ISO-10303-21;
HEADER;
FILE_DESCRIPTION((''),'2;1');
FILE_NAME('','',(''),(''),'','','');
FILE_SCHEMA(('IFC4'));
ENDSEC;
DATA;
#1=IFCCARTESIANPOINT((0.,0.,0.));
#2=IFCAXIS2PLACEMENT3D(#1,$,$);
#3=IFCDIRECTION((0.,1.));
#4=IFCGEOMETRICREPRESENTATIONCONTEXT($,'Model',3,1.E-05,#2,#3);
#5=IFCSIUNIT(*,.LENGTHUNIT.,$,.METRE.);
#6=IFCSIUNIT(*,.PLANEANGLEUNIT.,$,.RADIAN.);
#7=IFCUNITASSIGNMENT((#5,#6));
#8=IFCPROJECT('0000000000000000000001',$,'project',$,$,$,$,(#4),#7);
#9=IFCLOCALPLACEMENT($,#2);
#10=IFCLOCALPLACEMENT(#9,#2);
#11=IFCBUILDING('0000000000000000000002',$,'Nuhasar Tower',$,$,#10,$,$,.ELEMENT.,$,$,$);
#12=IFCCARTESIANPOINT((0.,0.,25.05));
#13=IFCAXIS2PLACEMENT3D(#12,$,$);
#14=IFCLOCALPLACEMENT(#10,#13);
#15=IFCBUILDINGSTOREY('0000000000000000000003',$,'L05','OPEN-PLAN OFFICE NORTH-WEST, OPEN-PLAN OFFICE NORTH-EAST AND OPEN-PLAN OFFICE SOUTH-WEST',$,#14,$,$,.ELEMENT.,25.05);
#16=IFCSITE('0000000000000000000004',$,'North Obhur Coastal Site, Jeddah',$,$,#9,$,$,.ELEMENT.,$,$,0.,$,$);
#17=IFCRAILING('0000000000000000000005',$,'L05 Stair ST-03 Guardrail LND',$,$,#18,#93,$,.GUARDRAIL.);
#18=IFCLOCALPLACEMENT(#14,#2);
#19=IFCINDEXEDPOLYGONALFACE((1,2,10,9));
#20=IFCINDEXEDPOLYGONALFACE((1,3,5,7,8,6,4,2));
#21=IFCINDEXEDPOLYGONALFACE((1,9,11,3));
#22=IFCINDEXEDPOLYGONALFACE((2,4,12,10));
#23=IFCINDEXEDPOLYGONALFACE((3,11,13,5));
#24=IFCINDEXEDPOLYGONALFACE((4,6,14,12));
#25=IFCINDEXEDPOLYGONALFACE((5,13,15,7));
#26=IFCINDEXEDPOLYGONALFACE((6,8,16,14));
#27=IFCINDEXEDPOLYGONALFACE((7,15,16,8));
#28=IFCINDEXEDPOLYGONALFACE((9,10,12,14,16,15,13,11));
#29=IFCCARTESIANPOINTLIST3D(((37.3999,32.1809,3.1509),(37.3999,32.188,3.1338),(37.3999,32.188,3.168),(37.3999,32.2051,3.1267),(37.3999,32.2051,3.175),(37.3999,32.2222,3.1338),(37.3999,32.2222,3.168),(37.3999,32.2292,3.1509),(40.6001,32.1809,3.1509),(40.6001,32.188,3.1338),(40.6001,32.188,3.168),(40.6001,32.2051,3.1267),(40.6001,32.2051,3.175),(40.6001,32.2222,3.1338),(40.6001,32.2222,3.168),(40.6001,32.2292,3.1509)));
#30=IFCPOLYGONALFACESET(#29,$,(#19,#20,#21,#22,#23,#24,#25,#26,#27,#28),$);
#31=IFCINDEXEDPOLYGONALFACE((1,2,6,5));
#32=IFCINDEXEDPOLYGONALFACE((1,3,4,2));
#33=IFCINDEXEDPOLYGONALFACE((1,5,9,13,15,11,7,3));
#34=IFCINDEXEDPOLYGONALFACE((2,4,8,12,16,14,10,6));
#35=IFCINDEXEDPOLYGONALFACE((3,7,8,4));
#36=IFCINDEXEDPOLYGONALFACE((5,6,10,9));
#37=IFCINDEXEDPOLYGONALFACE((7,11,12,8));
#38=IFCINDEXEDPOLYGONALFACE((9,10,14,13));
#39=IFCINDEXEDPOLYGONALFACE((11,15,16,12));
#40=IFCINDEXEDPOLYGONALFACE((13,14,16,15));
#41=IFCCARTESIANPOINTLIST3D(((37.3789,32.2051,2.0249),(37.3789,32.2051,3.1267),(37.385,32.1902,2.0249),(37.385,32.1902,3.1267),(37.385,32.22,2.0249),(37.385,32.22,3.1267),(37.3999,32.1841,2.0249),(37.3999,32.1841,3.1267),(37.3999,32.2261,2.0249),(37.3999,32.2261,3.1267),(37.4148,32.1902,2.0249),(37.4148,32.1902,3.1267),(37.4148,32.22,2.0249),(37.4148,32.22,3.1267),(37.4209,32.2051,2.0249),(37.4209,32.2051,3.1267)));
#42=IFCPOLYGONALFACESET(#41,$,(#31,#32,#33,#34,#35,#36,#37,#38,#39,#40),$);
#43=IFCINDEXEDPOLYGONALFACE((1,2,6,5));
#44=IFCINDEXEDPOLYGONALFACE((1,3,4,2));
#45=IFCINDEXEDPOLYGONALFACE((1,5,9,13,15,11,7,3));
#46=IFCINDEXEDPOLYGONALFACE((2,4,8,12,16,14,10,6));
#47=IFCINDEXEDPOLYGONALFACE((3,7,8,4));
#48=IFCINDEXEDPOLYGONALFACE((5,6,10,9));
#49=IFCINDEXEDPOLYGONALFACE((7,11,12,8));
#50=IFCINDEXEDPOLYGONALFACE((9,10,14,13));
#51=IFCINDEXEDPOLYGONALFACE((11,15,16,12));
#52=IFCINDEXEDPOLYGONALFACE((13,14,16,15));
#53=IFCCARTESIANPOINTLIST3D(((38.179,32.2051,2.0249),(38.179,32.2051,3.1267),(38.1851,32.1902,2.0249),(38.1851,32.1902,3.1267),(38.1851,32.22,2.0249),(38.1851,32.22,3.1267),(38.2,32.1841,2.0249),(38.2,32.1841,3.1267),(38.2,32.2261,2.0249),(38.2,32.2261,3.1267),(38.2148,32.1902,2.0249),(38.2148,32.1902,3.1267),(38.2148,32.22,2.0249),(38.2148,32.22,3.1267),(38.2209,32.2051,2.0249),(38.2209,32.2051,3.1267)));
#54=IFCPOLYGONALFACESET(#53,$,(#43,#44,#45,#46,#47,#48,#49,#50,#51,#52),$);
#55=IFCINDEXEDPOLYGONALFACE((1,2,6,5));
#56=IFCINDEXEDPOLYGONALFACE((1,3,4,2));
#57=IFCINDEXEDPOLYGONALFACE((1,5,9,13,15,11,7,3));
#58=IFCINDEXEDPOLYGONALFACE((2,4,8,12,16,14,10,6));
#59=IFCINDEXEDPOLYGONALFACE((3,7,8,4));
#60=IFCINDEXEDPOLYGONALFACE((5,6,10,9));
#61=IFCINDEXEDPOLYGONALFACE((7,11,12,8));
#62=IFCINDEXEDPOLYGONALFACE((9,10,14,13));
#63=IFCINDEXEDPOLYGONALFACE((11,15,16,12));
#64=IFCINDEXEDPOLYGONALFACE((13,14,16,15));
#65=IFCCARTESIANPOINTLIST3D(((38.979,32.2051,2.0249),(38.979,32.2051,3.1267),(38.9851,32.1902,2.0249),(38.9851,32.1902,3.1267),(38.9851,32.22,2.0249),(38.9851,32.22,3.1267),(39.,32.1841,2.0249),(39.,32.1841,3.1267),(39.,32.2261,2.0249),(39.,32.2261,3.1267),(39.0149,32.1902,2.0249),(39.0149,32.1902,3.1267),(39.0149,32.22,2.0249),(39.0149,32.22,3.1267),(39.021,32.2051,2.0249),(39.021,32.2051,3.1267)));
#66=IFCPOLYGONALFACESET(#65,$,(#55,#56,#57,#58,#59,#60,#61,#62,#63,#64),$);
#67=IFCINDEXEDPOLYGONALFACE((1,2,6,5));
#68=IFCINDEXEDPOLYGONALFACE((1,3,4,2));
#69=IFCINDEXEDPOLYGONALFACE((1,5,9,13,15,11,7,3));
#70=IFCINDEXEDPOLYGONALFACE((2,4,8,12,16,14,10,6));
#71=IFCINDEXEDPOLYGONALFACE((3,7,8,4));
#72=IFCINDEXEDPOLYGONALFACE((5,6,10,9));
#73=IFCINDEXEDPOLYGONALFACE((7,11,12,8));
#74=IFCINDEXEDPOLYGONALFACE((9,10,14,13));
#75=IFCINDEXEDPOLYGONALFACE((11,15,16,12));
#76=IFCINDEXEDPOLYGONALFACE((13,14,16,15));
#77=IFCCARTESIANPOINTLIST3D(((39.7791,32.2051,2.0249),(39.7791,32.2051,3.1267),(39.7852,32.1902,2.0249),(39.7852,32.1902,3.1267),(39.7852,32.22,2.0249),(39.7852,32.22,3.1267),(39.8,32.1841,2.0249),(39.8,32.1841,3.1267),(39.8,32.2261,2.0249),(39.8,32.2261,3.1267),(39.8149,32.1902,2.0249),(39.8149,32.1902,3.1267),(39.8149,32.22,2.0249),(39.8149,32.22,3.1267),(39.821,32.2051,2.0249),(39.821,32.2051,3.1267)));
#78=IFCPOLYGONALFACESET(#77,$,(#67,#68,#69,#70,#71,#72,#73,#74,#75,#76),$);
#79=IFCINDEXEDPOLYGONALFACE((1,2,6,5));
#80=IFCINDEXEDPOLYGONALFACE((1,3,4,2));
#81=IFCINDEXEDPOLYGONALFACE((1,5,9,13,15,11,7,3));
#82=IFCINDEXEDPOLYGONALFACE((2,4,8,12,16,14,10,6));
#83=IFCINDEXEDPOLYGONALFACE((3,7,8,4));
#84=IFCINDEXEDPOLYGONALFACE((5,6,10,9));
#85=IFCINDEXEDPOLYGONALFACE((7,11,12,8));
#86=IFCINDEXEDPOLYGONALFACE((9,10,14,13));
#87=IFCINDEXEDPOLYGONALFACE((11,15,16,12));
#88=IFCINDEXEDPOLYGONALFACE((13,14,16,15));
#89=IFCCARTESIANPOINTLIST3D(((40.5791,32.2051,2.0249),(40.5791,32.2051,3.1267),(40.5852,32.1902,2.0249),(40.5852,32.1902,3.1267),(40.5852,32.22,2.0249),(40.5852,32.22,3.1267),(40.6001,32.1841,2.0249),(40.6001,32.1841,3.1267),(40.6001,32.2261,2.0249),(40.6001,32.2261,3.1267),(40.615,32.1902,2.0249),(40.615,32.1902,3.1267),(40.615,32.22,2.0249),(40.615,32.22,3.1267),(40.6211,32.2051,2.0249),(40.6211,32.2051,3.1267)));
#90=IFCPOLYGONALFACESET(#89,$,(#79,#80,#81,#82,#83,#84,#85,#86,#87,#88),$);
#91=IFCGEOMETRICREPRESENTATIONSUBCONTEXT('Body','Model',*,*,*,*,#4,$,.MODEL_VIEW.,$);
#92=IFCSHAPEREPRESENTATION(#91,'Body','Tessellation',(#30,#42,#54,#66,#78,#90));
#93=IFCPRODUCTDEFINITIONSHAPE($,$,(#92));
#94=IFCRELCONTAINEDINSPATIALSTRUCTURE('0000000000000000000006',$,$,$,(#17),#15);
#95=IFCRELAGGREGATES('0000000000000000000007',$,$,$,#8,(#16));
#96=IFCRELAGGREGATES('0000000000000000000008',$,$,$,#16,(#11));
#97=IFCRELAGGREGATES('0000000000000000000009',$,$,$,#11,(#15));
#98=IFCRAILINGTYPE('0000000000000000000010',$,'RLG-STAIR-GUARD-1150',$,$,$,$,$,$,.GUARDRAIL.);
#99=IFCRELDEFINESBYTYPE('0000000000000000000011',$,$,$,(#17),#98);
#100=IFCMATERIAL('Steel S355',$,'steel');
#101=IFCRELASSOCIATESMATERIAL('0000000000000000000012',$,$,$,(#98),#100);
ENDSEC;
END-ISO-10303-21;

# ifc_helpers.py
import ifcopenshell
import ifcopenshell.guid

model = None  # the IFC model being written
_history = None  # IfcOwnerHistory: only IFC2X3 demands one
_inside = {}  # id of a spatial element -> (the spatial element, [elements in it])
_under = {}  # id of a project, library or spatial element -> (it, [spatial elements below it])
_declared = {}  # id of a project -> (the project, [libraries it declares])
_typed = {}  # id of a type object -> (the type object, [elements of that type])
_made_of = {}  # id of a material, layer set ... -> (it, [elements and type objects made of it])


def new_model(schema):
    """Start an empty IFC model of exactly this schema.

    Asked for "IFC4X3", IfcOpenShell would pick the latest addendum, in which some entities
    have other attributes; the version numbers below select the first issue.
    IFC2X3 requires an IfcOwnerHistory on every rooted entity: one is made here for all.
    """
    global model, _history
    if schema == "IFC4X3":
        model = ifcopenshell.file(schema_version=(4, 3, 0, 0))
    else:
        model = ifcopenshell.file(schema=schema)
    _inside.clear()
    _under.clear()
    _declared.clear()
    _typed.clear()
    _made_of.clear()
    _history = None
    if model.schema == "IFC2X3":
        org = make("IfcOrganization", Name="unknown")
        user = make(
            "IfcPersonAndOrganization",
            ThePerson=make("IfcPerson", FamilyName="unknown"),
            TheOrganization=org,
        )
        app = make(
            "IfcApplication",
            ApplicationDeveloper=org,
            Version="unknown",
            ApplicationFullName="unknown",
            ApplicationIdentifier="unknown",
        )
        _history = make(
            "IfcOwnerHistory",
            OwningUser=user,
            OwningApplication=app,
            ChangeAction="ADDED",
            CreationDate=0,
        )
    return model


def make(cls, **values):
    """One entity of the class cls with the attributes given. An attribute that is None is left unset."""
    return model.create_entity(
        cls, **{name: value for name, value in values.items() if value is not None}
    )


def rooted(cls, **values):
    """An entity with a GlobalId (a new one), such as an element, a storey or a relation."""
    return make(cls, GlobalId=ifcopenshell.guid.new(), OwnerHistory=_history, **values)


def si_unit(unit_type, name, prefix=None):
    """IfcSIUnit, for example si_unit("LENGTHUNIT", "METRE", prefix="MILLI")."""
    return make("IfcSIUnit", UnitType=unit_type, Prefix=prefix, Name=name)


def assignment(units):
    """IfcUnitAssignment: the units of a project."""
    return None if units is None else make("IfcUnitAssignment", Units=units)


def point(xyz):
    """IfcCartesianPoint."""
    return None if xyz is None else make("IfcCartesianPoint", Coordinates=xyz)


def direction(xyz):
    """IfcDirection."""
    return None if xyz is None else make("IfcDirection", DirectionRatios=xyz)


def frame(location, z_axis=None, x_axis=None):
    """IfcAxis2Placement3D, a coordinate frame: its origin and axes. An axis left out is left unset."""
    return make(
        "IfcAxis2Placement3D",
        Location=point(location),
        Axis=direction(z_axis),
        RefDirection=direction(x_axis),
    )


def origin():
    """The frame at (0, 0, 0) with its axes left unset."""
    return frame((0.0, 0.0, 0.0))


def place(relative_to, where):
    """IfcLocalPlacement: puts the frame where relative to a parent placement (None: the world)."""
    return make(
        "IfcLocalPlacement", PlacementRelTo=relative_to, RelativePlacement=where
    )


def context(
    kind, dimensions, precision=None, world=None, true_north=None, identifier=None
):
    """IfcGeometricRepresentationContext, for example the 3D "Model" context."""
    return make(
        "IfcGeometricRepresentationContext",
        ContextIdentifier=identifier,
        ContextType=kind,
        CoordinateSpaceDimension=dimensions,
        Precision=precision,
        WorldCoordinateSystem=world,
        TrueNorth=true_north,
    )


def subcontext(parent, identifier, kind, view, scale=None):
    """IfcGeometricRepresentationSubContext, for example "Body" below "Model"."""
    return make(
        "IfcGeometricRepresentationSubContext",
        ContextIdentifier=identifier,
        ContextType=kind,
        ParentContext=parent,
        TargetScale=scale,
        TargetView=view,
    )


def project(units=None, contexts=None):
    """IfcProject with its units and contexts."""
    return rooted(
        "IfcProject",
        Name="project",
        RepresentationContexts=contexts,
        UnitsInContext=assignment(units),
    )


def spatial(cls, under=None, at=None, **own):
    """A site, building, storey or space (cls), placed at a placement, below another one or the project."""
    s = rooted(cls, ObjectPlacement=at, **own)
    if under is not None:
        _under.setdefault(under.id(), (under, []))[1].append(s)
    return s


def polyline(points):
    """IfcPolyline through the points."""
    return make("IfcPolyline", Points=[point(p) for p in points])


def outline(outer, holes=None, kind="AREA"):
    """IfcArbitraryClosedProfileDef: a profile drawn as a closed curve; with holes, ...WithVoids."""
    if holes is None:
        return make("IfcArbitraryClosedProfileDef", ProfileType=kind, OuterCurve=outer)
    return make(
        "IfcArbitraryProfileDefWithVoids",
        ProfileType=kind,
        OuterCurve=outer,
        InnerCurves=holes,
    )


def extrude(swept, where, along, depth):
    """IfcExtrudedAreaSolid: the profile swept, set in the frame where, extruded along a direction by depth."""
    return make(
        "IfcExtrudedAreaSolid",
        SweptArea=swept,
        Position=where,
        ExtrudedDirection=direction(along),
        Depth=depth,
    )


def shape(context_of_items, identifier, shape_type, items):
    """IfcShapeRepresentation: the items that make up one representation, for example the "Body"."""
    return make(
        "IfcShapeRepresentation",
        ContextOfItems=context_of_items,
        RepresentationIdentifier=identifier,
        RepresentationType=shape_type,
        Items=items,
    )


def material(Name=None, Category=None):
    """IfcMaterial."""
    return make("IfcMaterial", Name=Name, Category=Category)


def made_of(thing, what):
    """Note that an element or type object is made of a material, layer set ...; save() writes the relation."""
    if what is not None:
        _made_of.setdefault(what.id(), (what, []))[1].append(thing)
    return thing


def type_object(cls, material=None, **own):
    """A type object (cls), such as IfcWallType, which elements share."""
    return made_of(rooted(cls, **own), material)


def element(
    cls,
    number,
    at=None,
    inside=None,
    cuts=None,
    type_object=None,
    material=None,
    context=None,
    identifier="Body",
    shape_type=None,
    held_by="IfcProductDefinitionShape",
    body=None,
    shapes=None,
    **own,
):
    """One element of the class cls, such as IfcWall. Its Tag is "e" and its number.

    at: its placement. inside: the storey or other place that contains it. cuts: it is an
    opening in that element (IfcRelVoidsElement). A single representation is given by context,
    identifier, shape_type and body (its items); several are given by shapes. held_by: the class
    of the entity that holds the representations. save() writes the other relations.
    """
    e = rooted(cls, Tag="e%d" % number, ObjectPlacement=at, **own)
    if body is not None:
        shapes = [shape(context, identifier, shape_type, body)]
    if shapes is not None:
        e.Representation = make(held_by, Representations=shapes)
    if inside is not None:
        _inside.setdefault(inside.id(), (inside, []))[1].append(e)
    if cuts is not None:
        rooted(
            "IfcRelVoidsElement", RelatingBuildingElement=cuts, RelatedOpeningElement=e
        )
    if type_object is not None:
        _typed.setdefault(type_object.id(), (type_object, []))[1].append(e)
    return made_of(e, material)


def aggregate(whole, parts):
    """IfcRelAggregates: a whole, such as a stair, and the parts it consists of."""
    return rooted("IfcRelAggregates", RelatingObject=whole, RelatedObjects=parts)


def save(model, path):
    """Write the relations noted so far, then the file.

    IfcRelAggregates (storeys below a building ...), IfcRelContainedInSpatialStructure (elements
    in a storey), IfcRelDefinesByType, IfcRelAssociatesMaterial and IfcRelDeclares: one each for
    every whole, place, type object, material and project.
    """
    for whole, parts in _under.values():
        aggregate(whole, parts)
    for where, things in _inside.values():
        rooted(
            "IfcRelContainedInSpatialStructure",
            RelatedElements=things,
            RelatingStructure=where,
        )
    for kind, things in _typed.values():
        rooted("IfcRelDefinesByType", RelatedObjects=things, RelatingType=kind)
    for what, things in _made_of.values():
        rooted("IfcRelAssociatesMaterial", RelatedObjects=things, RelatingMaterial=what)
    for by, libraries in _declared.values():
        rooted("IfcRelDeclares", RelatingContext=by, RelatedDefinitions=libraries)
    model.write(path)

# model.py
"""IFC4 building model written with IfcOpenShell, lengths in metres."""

from ifc_helpers import new_model, si_unit, direction, frame, origin, place, context, subcontext, project, spatial, polyline, outline, extrude, material, type_object, element, save


model = new_model("IFC4")

# Units and contexts
model_context = context("Model", 3, precision=1e-05, world=origin(), true_north=direction((0.0, 1.0)))
body_context = subcontext(model_context, "Body", "Model", "MODEL_VIEW")
ifc_project = project(units=[si_unit("LENGTHUNIT", "METRE"), si_unit("PLANEANGLEUNIT", "RADIAN")], contexts=[model_context])

# Site, building, storey
site_placement = place(None, origin())
site = spatial("IfcSite", under=ifc_project, at=site_placement, Name="North Obhur Coastal Site, Jeddah", CompositionType="ELEMENT", RefElevation=0.0)
building_placement = place(site_placement, origin())
building = spatial("IfcBuilding", under=site, at=building_placement, Name="Nuhasar Tower", CompositionType="ELEMENT")
storey_placement = place(building_placement, frame((0.0, 0.0, 25.05)))
storey = spatial("IfcBuildingStorey", under=building, at=storey_placement, Name="L05", Description="OPEN-PLAN OFFICE NORTH-WEST, OPEN-PLAN OFFICE NORTH-EAST AND OPEN-PLAN OFFICE SOUTH-WEST", CompositionType="ELEMENT", Elevation=25.05)

# Shared definitions
ifc_material_1 = material(Name="Steel S355", Category="steel")

# Railing
railing_type_1 = type_object("IfcRailingType", Name="RLG-STAIR-GUARD-1150", PredefinedType="GUARDRAIL", material=ifc_material_1)
railing_1_placement = place(storey_placement, frame((37.3999, 32.2051, 2.0249)))
element("IfcRailing", 1, at=railing_1_placement, inside=storey, type_object=railing_type_1, Name="L05 Stair ST-03 Guardrail LND", PredefinedType="GUARDRAIL", context=body_context, shape_type="SweptSolid", body=[
    extrude(outline(polyline([(0.0242, 0.0), (0.0171, 0.0171), (0.0, 0.0242), (-0.0171, 0.0171), (-0.0242, 0.0), (-0.0171, -0.0171), (0.0, -0.0242), (0.0171, -0.0171), (0.0242, 0.0)])), frame((0.0, 0.0, 1.126), z_axis=(1.0, 0.0, 0.0), x_axis=(0.0, 1.0, 0.0)), (0.0, 0.0, 1.0), 3.2002),
    extrude(outline(polyline([(0.021, 0.0), (0.0149, 0.0149), (0.0, 0.021), (-0.0149, 0.0149), (-0.021, 0.0), (-0.0149, -0.0149), (0.0, -0.021), (0.0149, -0.0149), (0.021, 0.0)])), origin(), (0.0, 0.0, 1.0), 1.1018),
    extrude(outline(polyline([(0.021, 0.0), (0.0149, 0.0149), (0.0, 0.021), (-0.0149, 0.0149), (-0.021, 0.0), (-0.0149, -0.0149), (0.0, -0.021), (0.0149, -0.0149), (0.021, 0.0)])), frame((0.8, 0.0, 0.0)), (0.0, 0.0, 1.0), 1.1018),
    extrude(outline(polyline([(0.021, 0.0), (0.0149, 0.0149), (0.0, 0.021), (-0.0149, 0.0149), (-0.021, 0.0), (-0.0149, -0.0149), (0.0, -0.021), (0.0149, -0.0149), (0.021, 0.0)])), frame((1.6001, 0.0, 0.0)), (0.0, 0.0, 1.0), 1.1018),
    extrude(outline(polyline([(0.021, 0.0), (0.0149, 0.0149), (0.0, 0.021), (-0.0149, 0.0149), (-0.021, 0.0), (-0.0149, -0.0149), (0.0, -0.021), (0.0149, -0.0149), (0.021, 0.0)])), frame((2.4001, 0.0, 0.0)), (0.0, 0.0, 1.0), 1.1018),
    extrude(outline(polyline([(0.021, 0.0), (0.0149, 0.0149), (0.0, 0.021), (-0.0149, 0.0149), (-0.021, 0.0), (-0.0149, -0.0149), (0.0, -0.021), (0.0149, -0.0149), (0.021, 0.0)])), frame((3.2002, 0.0, 0.0)), (0.0, 0.0, 1.0), 1.1018),
])

save(model, "model.ifc")
